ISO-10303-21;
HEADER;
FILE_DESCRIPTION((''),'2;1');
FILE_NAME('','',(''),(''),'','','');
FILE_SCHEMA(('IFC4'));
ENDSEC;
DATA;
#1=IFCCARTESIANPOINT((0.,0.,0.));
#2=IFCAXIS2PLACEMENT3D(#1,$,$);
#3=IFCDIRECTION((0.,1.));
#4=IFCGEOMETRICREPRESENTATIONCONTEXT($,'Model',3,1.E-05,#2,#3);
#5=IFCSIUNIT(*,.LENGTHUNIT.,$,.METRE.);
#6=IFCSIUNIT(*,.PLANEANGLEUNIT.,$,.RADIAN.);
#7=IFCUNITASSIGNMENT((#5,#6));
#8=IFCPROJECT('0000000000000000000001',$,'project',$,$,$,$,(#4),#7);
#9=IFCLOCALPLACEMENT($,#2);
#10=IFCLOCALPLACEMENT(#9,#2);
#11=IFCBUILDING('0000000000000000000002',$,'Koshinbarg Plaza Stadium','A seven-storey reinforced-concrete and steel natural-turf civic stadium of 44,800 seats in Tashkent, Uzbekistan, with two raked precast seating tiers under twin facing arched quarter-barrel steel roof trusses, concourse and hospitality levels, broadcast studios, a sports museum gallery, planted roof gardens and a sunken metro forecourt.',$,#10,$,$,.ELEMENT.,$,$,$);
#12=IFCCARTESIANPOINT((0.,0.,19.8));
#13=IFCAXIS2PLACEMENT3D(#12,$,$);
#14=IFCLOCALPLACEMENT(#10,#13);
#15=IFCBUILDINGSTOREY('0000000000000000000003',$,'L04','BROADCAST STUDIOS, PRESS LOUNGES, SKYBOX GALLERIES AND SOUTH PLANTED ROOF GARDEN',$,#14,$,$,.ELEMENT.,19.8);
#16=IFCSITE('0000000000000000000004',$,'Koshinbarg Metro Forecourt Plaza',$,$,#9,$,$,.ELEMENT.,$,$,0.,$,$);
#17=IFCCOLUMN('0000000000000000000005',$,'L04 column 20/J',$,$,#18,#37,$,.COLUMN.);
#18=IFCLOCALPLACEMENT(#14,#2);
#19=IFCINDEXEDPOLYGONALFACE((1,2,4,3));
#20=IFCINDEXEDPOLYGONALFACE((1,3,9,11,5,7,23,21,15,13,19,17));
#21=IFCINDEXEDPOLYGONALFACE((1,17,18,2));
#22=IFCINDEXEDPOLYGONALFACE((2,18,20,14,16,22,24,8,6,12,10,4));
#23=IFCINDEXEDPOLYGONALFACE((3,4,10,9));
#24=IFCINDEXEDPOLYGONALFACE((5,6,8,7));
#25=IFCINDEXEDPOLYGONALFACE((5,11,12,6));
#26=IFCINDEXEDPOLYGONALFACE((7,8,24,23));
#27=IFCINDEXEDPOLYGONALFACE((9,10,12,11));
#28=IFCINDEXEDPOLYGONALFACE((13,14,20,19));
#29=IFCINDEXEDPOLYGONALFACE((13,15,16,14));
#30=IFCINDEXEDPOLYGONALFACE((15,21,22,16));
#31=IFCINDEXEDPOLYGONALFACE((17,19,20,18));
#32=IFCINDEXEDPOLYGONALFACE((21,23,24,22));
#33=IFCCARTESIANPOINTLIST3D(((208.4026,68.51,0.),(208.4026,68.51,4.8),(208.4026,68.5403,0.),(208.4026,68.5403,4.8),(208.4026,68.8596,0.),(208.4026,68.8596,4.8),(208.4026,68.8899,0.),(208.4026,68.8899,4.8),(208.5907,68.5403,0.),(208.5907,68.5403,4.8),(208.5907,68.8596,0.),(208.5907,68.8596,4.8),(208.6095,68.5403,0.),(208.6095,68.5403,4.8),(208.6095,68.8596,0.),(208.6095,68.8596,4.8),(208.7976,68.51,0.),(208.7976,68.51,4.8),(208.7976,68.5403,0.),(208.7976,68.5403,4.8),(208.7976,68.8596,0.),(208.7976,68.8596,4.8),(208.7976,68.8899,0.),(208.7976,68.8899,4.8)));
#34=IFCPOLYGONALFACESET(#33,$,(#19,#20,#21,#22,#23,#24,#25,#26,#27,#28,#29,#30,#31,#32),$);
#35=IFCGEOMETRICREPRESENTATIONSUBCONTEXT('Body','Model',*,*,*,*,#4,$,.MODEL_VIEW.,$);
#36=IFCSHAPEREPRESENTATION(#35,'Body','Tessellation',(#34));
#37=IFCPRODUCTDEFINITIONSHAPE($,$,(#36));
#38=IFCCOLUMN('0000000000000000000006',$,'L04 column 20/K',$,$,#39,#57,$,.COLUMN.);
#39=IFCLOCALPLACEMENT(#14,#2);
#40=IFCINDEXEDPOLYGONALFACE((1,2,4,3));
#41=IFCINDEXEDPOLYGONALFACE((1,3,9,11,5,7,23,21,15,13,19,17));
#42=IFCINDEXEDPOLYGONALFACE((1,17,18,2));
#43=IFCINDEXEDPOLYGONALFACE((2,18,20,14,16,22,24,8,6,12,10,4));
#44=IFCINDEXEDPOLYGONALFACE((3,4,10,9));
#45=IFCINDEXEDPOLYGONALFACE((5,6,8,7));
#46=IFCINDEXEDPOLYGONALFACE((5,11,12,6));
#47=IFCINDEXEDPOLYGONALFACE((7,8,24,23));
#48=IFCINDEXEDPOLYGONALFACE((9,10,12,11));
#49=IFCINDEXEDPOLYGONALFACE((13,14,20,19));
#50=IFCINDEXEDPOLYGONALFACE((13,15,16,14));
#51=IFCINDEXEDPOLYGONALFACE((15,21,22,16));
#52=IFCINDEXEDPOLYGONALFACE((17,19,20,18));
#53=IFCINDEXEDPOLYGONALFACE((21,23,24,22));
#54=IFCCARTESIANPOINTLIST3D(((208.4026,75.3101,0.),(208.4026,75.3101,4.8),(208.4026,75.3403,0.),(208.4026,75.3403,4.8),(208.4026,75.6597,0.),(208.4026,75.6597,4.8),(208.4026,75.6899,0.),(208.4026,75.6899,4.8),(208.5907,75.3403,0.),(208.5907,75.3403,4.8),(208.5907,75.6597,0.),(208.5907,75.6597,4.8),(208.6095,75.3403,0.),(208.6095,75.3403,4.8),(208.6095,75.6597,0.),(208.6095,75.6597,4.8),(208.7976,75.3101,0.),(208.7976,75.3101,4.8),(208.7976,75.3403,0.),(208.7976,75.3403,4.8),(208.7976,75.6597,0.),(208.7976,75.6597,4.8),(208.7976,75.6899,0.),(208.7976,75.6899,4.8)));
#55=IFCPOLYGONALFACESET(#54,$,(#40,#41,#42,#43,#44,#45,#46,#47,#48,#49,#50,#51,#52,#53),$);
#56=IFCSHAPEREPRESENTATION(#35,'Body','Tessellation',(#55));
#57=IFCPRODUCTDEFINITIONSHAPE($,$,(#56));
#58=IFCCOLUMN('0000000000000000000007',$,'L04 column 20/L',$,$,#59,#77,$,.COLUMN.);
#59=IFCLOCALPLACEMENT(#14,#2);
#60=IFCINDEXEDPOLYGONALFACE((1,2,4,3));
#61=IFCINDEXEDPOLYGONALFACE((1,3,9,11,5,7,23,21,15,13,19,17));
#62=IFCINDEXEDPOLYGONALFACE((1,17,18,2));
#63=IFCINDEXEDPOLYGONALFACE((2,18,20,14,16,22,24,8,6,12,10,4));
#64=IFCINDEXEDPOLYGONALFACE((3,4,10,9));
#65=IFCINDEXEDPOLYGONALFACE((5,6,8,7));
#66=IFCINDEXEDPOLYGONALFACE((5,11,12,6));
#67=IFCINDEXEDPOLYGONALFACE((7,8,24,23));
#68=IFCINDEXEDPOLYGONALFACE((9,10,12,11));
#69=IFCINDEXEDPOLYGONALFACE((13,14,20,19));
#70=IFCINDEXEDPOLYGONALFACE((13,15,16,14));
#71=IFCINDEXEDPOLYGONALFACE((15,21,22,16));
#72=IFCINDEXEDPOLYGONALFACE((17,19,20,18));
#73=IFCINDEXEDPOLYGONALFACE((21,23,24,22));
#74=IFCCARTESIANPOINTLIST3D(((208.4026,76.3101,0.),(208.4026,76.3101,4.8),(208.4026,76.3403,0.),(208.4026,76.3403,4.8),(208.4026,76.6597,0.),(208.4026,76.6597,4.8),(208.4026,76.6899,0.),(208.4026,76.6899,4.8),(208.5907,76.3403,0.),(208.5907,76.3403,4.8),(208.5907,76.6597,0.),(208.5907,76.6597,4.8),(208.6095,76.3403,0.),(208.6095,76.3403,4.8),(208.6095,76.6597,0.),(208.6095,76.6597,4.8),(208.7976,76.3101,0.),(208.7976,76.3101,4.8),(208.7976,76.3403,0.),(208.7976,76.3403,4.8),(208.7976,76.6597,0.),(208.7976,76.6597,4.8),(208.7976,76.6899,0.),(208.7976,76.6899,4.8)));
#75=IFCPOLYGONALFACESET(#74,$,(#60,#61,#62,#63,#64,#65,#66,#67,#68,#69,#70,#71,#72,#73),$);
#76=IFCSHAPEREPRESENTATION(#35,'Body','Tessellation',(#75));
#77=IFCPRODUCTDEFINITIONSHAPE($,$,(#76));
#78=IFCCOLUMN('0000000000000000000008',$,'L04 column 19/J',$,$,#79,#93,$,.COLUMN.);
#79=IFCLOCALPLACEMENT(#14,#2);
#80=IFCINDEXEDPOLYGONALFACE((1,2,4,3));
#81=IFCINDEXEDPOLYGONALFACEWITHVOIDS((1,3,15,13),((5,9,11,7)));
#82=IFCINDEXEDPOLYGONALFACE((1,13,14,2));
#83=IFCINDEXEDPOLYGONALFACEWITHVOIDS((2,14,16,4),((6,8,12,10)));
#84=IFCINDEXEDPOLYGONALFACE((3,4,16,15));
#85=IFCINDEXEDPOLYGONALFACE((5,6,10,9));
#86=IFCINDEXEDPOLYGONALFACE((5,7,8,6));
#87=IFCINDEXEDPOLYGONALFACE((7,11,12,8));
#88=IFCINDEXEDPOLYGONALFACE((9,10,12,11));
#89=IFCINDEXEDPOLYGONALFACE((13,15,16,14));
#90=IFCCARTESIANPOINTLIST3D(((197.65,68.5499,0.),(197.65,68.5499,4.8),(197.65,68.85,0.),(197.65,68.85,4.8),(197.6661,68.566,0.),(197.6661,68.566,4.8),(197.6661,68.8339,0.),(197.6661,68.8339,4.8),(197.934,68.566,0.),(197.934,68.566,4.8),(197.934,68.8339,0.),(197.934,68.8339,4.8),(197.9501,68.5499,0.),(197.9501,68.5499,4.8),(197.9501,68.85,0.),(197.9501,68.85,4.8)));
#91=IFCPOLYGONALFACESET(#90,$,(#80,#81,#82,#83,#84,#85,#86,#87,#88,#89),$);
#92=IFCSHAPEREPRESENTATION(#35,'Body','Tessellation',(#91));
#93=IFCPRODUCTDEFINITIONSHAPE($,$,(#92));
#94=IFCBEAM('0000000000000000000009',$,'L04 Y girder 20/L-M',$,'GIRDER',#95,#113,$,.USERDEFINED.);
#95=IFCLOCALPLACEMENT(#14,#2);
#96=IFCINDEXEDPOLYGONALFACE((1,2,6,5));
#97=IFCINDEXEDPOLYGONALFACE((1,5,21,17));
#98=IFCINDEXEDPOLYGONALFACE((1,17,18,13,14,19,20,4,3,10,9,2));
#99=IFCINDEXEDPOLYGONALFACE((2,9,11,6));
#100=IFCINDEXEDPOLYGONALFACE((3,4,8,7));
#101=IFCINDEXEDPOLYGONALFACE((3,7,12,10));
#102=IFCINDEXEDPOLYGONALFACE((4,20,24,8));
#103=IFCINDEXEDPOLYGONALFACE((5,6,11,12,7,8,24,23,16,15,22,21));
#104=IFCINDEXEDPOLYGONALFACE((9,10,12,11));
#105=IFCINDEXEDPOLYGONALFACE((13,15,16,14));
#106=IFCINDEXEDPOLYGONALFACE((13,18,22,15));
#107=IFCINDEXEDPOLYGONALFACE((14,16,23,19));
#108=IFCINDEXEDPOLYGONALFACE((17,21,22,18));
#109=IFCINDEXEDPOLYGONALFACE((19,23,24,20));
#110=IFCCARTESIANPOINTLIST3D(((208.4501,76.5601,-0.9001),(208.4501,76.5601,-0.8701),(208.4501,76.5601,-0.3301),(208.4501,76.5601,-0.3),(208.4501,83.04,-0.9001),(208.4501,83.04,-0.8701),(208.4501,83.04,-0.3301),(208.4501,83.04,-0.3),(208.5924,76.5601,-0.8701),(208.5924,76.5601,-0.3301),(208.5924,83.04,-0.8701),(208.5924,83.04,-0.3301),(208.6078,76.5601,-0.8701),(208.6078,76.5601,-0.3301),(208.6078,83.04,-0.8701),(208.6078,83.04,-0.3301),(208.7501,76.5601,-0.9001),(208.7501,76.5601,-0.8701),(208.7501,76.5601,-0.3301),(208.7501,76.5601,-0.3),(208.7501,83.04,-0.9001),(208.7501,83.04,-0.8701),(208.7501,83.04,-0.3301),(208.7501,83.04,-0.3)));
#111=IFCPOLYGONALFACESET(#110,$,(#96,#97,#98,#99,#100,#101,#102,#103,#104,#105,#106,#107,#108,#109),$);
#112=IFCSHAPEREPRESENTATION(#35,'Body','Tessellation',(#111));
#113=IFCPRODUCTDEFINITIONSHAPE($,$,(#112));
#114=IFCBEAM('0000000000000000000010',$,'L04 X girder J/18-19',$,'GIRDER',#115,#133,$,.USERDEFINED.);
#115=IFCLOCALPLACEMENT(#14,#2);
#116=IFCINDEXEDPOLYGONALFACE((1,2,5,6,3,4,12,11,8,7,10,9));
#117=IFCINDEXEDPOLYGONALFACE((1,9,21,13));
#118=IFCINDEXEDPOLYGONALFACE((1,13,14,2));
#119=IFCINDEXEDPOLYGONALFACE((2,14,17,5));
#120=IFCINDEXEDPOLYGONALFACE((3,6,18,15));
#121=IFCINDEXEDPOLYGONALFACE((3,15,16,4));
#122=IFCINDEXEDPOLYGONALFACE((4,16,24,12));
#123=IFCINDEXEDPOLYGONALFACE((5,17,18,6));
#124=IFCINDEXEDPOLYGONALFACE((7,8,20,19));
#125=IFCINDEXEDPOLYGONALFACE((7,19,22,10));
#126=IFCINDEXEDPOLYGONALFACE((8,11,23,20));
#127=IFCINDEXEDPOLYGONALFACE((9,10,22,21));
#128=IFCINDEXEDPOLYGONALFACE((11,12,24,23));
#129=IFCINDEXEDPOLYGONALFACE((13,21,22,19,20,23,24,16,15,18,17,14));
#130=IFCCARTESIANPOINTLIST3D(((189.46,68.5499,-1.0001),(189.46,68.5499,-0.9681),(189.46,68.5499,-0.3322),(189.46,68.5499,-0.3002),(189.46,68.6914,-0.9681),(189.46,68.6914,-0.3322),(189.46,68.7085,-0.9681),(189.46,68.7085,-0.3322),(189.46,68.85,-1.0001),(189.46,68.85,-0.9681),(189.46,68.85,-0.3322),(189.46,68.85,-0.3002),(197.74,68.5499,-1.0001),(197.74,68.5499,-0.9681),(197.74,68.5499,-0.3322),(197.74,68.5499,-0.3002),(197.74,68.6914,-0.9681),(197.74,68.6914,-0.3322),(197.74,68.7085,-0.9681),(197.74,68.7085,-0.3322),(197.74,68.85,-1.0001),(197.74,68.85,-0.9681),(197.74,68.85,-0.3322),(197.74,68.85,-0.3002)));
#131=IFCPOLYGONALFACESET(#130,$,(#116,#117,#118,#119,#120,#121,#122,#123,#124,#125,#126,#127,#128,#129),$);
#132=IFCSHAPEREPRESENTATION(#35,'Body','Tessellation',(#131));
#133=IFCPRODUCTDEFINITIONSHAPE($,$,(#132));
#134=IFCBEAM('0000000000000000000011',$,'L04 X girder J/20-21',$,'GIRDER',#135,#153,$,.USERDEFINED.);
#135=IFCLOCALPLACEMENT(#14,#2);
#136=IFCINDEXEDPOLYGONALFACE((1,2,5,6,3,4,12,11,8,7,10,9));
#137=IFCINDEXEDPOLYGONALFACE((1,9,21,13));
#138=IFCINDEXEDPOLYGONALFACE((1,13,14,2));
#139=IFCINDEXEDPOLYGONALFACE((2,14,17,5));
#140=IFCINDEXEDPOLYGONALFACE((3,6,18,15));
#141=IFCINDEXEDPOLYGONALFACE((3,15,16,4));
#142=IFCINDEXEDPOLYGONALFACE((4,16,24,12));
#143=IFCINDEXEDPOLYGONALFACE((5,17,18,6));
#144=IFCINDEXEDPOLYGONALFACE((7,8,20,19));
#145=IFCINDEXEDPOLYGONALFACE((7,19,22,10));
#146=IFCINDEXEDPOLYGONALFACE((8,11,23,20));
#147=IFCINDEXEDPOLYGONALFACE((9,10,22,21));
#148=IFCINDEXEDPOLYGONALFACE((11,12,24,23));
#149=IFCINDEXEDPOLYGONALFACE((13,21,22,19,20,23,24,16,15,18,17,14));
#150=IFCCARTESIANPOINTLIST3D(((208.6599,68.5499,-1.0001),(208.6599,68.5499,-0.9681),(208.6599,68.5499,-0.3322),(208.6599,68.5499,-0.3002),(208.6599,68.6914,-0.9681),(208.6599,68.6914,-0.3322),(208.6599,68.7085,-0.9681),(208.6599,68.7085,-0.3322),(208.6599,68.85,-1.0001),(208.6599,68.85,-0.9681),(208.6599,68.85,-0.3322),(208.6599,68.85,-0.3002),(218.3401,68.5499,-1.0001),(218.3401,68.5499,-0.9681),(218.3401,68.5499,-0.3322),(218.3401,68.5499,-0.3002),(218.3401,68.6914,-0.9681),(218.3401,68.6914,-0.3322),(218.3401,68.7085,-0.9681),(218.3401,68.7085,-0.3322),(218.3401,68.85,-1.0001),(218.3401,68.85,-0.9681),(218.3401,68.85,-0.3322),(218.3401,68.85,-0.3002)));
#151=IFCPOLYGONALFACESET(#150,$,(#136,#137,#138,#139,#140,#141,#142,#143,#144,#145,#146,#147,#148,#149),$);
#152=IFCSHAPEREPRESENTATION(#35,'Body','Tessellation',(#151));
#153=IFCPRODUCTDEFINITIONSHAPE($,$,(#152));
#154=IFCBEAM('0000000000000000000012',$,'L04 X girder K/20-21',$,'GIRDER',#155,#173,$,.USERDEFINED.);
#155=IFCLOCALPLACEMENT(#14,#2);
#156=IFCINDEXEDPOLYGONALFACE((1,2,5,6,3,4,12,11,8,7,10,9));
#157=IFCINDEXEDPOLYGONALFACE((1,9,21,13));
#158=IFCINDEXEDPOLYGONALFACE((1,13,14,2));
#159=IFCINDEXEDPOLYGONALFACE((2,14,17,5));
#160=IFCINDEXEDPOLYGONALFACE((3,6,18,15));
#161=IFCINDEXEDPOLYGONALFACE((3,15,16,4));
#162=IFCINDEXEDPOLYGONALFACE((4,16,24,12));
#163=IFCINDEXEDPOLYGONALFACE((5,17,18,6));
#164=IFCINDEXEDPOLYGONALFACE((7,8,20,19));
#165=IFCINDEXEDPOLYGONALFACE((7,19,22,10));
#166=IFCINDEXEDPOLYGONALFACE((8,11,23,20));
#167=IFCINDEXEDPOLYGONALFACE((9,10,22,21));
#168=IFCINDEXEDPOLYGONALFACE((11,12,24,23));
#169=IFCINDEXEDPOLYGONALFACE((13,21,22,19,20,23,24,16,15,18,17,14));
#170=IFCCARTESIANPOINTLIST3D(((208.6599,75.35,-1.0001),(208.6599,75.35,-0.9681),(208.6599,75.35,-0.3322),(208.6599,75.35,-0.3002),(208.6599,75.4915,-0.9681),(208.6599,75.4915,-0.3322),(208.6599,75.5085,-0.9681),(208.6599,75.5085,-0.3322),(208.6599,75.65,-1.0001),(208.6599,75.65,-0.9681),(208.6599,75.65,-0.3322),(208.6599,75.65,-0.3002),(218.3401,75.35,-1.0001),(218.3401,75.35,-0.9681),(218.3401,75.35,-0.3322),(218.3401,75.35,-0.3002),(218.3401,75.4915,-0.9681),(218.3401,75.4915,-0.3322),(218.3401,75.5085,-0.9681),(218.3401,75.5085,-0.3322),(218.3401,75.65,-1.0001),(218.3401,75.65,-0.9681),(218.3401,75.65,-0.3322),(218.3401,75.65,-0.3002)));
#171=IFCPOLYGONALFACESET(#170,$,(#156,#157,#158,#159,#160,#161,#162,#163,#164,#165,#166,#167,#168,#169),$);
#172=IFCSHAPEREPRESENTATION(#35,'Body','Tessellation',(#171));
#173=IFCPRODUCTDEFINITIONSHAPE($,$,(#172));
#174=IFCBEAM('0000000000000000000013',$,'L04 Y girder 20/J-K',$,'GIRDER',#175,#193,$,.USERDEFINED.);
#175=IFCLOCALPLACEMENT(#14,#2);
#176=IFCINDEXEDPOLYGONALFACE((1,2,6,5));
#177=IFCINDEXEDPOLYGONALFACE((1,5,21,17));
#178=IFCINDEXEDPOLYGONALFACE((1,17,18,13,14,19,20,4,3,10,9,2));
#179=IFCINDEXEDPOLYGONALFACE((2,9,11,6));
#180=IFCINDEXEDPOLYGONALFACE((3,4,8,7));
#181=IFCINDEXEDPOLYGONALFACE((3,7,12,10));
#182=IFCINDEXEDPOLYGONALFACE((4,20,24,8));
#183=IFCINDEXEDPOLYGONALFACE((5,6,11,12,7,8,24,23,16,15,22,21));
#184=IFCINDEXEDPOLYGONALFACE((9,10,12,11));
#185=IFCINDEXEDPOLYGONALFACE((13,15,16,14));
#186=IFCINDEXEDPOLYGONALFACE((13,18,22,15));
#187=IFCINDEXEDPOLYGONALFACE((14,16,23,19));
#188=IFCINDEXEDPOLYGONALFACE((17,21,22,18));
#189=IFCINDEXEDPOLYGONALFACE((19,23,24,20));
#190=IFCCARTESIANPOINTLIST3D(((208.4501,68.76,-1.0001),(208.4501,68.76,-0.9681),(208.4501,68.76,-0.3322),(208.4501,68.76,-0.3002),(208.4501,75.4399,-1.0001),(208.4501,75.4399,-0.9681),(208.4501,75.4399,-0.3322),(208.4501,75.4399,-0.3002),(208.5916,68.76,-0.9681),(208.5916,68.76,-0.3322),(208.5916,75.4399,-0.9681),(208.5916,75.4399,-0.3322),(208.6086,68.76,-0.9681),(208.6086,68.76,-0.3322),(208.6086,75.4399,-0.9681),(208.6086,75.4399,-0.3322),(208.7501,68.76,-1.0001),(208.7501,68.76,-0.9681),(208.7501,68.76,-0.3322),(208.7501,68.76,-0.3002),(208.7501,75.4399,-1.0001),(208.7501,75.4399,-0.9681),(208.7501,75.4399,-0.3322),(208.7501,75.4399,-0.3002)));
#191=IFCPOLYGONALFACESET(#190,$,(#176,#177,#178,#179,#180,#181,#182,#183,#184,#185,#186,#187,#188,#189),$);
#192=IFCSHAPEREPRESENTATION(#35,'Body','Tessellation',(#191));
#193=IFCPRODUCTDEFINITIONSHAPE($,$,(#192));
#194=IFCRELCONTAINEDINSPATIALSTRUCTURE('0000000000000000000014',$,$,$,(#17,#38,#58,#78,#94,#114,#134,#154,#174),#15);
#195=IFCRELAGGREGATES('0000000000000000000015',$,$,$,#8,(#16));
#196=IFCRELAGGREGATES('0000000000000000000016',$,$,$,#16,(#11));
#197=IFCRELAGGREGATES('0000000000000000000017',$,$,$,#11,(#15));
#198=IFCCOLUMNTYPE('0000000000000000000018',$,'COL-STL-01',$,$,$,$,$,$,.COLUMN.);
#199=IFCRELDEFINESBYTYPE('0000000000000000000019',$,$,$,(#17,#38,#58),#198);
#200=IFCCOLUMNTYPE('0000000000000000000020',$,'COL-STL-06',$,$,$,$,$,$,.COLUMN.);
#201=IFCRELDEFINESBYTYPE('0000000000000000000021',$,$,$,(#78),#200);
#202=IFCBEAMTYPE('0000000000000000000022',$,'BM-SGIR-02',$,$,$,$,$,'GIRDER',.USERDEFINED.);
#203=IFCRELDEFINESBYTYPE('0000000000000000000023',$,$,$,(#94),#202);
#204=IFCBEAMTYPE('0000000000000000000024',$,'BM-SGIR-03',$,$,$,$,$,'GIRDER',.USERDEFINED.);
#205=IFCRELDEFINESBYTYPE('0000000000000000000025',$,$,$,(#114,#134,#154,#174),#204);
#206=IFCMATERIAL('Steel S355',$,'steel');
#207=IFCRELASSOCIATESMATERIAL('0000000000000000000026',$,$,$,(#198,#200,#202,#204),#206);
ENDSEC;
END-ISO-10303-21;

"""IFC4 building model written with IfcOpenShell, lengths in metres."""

from ifc_helpers import new_model, si_unit, direction, frame, origin, origin_2d, place, context, subcontext, project, spatial, hollow_rectangle, i_section, extrude, material, material_profile, profile_set, type_object, element, save


model = new_model("IFC4")

# Units and contexts
model_context = context("Model", 3, precision=1e-05, world=origin(), true_north=direction((0.0, 1.0)))
body_context = subcontext(model_context, "Body", "Model", "MODEL_VIEW")
ifc_project = project(units=[si_unit("LENGTHUNIT", "METRE"), si_unit("PLANEANGLEUNIT", "RADIAN")], contexts=[model_context])

# Site, building, storey
site_placement = place(None, origin())
site = spatial("IfcSite", under=ifc_project, at=site_placement, Name="Koshinbarg Metro Forecourt Plaza", CompositionType="ELEMENT", RefElevation=0.0)
building_placement = place(site_placement, origin())
building = spatial("IfcBuilding", under=site, at=building_placement, Name="Koshinbarg Plaza Stadium", Description="A seven-storey reinforced-concrete and steel natural-turf civic stadium of 44,800 seats in Tashkent, Uzbekistan, with two raked precast seating tiers under twin facing arched quarter-barrel steel roof trusses, concourse and hospitality levels, broadcast studios, a sports museum gallery, planted roof gardens and a sunken metro forecourt.", CompositionType="ELEMENT")
storey_placement = place(building_placement, frame((0.0, 0.0, 19.8)))
storey = spatial("IfcBuildingStorey", under=building, at=storey_placement, Name="L04", Description="BROADCAST STUDIOS, PRESS LOUNGES, SKYBOX GALLERIES AND SOUTH PLANTED ROOF GARDEN", CompositionType="ELEMENT", Elevation=19.8)

# Columns
ifc_material_1 = material(Name="Steel S355", Category="steel")
ifc_material_profile_1 = material_profile(ifc_material_1, i_section(OverallWidth=0.395, OverallDepth=0.3799, WebThickness=0.0188, FlangeThickness=0.0303, at=origin_2d()), Name="HD 400x237")
ifc_profile_set_1 = profile_set([ifc_material_profile_1], Name="Steel S355")
column_type_1 = type_object("IfcColumnType", Name="COL-STL-01", PredefinedType="COLUMN", material=ifc_profile_set_1)
for number, where, z_axis, x_axis, name in (
    (1, (208.6001, 68.7, 0.0), (0.0, 0.0, 1.0), (1.0, 0.0, 0.0), "L04 column 20/J"),
    (2, (208.6001, 75.5, 0.0), (0.0, 0.0, 1.0), (1.0, 0.0, 0.0), "L04 column 20/K"),
    (3, (208.6001, 76.5, 0.0), (0.0, 0.0, 1.0), (1.0, 0.0, 0.0), "L04 column 20/L"),
):
    element("IfcColumn", number, at=place(storey_placement, frame(where, z_axis=z_axis, x_axis=x_axis)), inside=storey, type_object=column_type_1, Name=name, PredefinedType="COLUMN", context=body_context, shape_type="SweptSolid", body=[
        extrude(i_section(OverallWidth=0.395, OverallDepth=0.3799, WebThickness=0.0188, FlangeThickness=0.0303, at=origin_2d()), origin(), (0.0, 0.0, 1.0), 4.8),
    ])
ifc_material_profile_2 = material_profile(ifc_material_1, hollow_rectangle(XDim=0.3, YDim=0.3, WallThickness=0.0161, at=origin_2d()), Name="SHS 300x300x16")
ifc_profile_set_2 = profile_set([ifc_material_profile_2], Name="Steel S355")
column_type_2 = type_object("IfcColumnType", Name="COL-STL-06", PredefinedType="COLUMN", material=ifc_profile_set_2)
column_placement = place(storey_placement, frame((197.8, 68.7, 0.0), z_axis=(0.0, 0.0, 1.0), x_axis=(1.0, 0.0, 0.0)))
element("IfcColumn", 4, at=column_placement, inside=storey, type_object=column_type_2, Name="L04 column 19/J", PredefinedType="COLUMN", context=body_context, shape_type="SweptSolid", body=[
    extrude(hollow_rectangle(XDim=0.3, YDim=0.3, WallThickness=0.0161, at=origin_2d()), origin(), (0.0, 0.0, 1.0), 4.8),
])

# Beams
ifc_material_profile_3 = material_profile(ifc_material_1, i_section(OverallWidth=0.3, OverallDepth=0.6001, WebThickness=0.0154, FlangeThickness=0.03, at=origin_2d()), Name="HEB 600")
ifc_profile_set_3 = profile_set([ifc_material_profile_3], Name="Steel S355")
beam_type_1 = type_object("IfcBeamType", Name="BM-SGIR-02", ElementType="GIRDER", PredefinedType="USERDEFINED", material=ifc_profile_set_3)
beam_1_placement = place(storey_placement, frame((208.6001, 76.5601, -0.6001), z_axis=(0.0, 1.0, 0.0), x_axis=(-1.0, 0.0, 0.0)))
element("IfcBeam", 5, at=beam_1_placement, inside=storey, type_object=beam_type_1, Name="L04 Y girder 20/L-M", ObjectType="GIRDER", PredefinedType="USERDEFINED", context=body_context, shape_type="SweptSolid", body=[
    extrude(i_section(OverallWidth=0.3, OverallDepth=0.6001, WebThickness=0.0154, FlangeThickness=0.03, at=origin_2d()), origin(), (0.0, 0.0, 1.0), 6.48),
])
ifc_material_profile_4 = material_profile(ifc_material_1, i_section(OverallWidth=0.3, OverallDepth=0.7, WebThickness=0.0171, FlangeThickness=0.032, at=origin_2d()), Name="HEB 700")
ifc_profile_set_4 = profile_set([ifc_material_profile_4], Name="Steel S355")
beam_type_2 = type_object("IfcBeamType", Name="BM-SGIR-03", ElementType="GIRDER", PredefinedType="USERDEFINED", material=ifc_profile_set_4)
beam_2_placement = place(storey_placement, frame((189.46, 68.7, -0.6501), z_axis=(1.0, 0.0, 0.0), x_axis=(0.0, 1.0, 0.0)))
element("IfcBeam", 6, at=beam_2_placement, inside=storey, type_object=beam_type_2, Name="L04 X girder J/18-19", ObjectType="GIRDER", PredefinedType="USERDEFINED", context=body_context, shape_type="SweptSolid", body=[
    extrude(i_section(OverallWidth=0.3, OverallDepth=0.7, WebThickness=0.0171, FlangeThickness=0.032, at=origin_2d()), origin(), (0.0, 0.0, 1.0), 8.28),
])
for number, where, z_axis, x_axis, name in (
    (7, (208.6599, 68.7, -0.6501), (1.0, 0.0, 0.0), (0.0, 1.0, 0.0), "L04 X girder J/20-21"),
    (8, (208.6599, 75.5, -0.6501), (1.0, 0.0, 0.0), (0.0, 1.0, 0.0), "L04 X girder K/20-21"),
):
    element("IfcBeam", number, at=place(storey_placement, frame(where, z_axis=z_axis, x_axis=x_axis)), inside=storey, type_object=beam_type_2, Name=name, ObjectType="GIRDER", PredefinedType="USERDEFINED", context=body_context, shape_type="SweptSolid", body=[
        extrude(i_section(OverallWidth=0.3, OverallDepth=0.7, WebThickness=0.0171, FlangeThickness=0.032, at=origin_2d()), origin(), (0.0, 0.0, 1.0), 9.6802),
    ])
beam_3_placement = place(storey_placement, frame((208.6001, 68.76, -0.6501), z_axis=(0.0, 1.0, 0.0), x_axis=(-1.0, 0.0, 0.0)))
element("IfcBeam", 9, at=beam_3_placement, inside=storey, type_object=beam_type_2, Name="L04 Y girder 20/J-K", ObjectType="GIRDER", PredefinedType="USERDEFINED", context=body_context, shape_type="SweptSolid", body=[
    extrude(i_section(OverallWidth=0.3, OverallDepth=0.7, WebThickness=0.0171, FlangeThickness=0.032, at=origin_2d()), origin(), (0.0, 0.0, 1.0), 6.6799),
])

save(model, "model.ifc")
